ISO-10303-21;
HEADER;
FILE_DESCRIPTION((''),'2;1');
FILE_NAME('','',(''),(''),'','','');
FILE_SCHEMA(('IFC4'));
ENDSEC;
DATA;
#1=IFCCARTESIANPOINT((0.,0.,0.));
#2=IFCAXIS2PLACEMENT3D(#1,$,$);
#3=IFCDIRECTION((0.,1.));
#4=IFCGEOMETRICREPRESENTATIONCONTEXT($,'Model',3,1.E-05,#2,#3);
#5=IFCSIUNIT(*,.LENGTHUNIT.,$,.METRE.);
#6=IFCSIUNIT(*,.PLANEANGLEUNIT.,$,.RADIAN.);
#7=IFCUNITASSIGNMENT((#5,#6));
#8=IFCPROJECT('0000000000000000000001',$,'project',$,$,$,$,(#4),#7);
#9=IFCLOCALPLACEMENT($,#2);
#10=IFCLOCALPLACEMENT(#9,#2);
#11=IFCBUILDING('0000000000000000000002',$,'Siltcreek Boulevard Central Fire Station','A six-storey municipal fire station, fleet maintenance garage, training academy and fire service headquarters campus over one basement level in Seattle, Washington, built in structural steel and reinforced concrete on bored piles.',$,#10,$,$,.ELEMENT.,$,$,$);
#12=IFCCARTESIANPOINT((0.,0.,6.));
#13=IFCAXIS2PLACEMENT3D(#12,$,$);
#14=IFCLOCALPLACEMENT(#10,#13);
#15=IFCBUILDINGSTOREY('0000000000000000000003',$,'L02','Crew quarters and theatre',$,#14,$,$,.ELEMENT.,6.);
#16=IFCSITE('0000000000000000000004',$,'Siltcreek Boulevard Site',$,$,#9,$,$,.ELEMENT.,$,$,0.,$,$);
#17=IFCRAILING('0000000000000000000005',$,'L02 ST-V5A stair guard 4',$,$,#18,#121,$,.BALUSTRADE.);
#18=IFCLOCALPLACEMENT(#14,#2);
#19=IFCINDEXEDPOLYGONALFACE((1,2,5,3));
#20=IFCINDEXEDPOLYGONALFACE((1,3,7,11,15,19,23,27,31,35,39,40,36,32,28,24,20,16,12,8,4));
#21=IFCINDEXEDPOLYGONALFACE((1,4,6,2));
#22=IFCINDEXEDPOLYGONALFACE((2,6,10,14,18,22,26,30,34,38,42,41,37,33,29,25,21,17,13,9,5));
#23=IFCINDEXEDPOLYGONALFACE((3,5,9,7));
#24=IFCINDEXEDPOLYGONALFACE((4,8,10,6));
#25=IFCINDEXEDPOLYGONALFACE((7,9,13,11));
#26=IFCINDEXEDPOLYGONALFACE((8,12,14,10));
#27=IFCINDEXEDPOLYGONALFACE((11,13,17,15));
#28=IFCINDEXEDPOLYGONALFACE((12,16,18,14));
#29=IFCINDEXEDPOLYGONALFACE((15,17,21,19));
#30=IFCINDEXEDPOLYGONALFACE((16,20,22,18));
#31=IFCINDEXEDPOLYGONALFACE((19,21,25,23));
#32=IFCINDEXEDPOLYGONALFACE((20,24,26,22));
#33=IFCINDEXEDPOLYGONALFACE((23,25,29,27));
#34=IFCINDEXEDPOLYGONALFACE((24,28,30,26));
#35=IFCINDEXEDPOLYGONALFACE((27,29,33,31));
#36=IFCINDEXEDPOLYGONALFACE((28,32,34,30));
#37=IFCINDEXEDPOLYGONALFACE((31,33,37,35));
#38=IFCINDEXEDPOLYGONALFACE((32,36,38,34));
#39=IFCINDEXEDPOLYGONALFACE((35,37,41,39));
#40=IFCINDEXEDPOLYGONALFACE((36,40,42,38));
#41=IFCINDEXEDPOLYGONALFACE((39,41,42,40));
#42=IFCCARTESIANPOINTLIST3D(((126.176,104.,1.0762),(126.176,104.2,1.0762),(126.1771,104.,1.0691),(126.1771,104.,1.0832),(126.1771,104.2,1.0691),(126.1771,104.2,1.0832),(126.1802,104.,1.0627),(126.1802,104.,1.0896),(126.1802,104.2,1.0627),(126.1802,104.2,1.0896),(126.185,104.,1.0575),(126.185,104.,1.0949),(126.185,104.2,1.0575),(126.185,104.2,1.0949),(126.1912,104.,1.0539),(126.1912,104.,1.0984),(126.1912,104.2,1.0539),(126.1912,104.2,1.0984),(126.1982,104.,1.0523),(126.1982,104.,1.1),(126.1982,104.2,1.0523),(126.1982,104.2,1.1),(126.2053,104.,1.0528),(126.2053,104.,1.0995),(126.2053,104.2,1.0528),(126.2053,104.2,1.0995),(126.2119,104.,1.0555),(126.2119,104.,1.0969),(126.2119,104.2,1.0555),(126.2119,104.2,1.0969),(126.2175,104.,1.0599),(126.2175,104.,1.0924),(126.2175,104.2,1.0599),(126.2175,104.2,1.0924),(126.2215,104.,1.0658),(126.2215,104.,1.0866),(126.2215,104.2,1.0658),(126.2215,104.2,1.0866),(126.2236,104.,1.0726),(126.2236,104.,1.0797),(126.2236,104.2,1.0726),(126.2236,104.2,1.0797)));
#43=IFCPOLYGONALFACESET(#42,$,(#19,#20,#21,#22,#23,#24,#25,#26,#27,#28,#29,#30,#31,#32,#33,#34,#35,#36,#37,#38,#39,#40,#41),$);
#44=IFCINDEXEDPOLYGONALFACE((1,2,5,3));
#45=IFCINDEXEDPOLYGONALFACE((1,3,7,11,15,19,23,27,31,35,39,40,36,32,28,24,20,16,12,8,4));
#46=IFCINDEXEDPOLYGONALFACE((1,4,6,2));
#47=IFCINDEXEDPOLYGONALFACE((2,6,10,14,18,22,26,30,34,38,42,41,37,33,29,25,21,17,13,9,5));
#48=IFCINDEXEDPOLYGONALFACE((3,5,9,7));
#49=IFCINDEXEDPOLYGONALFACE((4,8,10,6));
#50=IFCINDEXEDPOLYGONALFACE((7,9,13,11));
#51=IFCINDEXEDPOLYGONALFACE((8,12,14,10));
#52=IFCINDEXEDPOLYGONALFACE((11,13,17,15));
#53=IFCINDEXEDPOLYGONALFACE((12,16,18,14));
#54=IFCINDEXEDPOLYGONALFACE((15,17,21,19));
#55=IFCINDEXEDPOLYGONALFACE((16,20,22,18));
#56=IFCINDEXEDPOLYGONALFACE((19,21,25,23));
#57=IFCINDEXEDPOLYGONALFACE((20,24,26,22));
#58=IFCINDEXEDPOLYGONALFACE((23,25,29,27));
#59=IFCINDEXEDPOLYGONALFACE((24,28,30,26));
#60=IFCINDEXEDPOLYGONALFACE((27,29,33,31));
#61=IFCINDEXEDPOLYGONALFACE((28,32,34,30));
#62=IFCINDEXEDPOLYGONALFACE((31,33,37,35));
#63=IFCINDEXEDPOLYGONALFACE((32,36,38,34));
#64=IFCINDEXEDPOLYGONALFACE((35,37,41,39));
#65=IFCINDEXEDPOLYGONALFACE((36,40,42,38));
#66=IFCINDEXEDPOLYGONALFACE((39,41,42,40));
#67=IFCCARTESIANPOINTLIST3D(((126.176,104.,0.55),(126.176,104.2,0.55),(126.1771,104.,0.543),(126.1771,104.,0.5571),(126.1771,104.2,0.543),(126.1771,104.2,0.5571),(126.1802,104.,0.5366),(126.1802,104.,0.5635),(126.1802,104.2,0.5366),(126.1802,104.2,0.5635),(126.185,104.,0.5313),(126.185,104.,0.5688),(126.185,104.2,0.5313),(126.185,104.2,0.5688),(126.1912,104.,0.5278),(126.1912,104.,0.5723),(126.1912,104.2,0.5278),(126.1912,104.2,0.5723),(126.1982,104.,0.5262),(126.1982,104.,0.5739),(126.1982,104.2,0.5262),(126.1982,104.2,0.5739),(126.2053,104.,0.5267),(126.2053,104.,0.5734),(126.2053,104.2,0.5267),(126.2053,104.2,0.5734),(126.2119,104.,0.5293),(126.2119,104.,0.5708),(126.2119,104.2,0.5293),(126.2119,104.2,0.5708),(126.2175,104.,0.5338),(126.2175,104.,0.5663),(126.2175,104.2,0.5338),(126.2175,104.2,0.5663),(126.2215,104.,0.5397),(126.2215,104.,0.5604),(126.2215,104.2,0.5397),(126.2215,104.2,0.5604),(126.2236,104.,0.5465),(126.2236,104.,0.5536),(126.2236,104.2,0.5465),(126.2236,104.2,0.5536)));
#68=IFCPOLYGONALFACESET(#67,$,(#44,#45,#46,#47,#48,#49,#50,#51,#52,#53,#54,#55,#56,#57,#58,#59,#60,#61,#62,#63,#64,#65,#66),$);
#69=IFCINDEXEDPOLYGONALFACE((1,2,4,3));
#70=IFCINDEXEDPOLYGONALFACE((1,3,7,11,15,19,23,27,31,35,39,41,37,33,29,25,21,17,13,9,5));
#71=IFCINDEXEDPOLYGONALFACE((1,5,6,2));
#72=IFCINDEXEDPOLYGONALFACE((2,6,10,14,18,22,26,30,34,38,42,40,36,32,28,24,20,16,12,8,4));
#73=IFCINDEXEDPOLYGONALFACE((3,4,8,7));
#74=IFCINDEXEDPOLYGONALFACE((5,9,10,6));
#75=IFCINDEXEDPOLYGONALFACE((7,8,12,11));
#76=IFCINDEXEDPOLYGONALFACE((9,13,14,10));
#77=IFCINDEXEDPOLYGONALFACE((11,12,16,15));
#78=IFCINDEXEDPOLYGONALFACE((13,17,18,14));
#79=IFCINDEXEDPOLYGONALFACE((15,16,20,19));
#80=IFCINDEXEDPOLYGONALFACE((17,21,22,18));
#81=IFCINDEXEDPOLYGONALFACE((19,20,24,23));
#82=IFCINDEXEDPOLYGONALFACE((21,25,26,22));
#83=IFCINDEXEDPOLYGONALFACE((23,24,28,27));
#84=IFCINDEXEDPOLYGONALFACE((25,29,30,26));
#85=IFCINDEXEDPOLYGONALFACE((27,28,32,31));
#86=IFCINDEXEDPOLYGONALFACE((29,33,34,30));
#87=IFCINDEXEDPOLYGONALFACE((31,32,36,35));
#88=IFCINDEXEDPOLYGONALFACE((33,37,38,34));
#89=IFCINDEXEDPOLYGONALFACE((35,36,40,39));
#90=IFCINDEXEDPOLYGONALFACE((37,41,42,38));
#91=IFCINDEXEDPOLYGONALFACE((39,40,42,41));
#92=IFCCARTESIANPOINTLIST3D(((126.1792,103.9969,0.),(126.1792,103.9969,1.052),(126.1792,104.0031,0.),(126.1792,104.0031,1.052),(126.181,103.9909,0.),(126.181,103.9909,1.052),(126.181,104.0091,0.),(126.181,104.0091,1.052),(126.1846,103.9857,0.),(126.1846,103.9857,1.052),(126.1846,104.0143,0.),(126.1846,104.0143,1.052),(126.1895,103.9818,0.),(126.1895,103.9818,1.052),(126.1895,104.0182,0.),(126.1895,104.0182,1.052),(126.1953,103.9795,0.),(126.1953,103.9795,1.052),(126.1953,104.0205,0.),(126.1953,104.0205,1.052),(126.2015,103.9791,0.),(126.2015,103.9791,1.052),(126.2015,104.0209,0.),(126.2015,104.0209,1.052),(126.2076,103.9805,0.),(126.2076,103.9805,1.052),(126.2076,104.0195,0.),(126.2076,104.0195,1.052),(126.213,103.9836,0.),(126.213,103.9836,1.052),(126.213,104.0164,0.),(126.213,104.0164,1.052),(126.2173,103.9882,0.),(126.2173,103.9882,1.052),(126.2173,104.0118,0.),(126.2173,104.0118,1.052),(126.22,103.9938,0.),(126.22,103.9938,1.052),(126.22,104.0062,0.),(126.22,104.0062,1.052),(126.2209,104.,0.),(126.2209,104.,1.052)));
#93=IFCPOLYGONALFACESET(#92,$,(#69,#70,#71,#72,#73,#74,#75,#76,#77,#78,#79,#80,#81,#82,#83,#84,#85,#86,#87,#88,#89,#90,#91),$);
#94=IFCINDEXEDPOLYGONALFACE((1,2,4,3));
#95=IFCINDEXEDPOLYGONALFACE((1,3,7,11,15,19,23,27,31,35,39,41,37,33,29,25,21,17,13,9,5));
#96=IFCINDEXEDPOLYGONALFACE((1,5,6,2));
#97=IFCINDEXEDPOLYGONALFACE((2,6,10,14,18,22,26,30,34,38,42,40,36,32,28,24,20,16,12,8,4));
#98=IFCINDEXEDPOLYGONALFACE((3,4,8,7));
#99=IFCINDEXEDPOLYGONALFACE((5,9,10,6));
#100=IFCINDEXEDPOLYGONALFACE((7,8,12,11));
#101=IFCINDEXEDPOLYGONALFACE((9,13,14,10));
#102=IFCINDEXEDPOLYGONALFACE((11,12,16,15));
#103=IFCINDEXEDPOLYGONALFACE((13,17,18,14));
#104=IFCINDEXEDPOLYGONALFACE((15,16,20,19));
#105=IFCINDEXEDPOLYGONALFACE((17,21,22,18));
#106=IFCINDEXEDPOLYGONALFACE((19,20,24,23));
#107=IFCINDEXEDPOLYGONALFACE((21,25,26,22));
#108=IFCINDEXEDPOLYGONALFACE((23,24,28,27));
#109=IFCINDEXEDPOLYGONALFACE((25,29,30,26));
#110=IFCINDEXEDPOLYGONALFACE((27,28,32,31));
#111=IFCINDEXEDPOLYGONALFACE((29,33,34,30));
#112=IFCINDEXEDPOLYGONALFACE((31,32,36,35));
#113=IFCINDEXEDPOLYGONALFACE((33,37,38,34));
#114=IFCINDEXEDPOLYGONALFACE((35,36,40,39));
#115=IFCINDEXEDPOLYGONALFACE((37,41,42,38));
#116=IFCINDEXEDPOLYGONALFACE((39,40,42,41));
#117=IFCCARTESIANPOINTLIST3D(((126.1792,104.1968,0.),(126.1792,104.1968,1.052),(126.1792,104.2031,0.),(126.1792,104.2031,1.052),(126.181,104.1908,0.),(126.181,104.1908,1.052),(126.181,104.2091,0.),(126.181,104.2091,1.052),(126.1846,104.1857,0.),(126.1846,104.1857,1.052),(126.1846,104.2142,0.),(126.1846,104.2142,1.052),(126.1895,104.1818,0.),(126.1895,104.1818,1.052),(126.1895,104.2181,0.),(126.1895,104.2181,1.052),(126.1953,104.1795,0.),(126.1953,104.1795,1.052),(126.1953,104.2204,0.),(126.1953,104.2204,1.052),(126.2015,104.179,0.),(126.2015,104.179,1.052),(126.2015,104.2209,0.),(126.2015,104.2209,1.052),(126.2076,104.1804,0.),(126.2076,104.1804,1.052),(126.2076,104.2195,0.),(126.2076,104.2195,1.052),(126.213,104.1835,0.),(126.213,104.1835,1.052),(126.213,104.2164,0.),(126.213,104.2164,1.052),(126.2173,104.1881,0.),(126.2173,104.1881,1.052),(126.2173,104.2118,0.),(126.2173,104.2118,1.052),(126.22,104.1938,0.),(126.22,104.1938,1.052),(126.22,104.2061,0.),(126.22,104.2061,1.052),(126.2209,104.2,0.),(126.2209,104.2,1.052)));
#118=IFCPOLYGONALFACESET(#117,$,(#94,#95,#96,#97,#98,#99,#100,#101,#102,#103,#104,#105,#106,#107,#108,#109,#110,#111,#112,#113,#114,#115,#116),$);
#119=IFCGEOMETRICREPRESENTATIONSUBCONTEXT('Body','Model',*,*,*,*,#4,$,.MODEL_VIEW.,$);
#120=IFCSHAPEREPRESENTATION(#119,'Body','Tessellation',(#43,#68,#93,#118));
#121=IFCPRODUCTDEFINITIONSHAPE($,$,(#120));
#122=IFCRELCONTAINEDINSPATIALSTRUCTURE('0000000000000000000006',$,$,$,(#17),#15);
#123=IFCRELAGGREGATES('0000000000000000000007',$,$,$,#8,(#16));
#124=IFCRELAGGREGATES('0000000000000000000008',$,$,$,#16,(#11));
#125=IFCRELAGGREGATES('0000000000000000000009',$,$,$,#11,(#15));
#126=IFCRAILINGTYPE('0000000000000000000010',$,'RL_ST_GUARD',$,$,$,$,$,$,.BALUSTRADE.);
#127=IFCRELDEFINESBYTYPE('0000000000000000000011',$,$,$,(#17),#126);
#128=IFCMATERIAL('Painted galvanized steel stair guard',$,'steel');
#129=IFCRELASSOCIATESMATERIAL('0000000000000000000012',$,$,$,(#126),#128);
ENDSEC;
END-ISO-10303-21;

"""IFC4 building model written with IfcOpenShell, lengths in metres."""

from ifc_helpers import new_model, si_unit, direction, frame, origin, origin_2d, place, context, subcontext, project, spatial, circle, extrude, material, type_object, element, save


model = new_model("IFC4")

# Units and contexts
model_context = context("Model", 3, precision=1e-05, world=origin(), true_north=direction((0.0, 1.0)))
body_context = subcontext(model_context, "Body", "Model", "MODEL_VIEW")
ifc_project = project(units=[si_unit("LENGTHUNIT", "METRE"), si_unit("PLANEANGLEUNIT", "RADIAN")], contexts=[model_context])

# Site, building, storey
site_placement = place(None, origin())
site = spatial("IfcSite", under=ifc_project, at=site_placement, Name="Siltcreek Boulevard Site", CompositionType="ELEMENT", RefElevation=0.0)
building_placement = place(site_placement, origin())
building = spatial("IfcBuilding", under=site, at=building_placement, Name="Siltcreek Boulevard Central Fire Station", Description="A six-storey municipal fire station, fleet maintenance garage, training academy and fire service headquarters campus over one basement level in Seattle, Washington, built in structural steel and reinforced concrete on bored piles.", CompositionType="ELEMENT")
storey_placement = place(building_placement, frame((0.0, 0.0, 6.0)))
storey = spatial("IfcBuildingStorey", under=building, at=storey_placement, Name="L02", Description="Crew quarters and theatre", CompositionType="ELEMENT", Elevation=6.0)

# Railing
ifc_material_1 = material(Name="Painted galvanized steel stair guard", Category="steel")
railing_type_1 = type_object("IfcRailingType", Name="RL_ST_GUARD", PredefinedType="BALUSTRADE", material=ifc_material_1)
railing_1_placement = place(storey_placement, frame((126.2, 104.0, 0.0)))
element("IfcRailing", 1, at=railing_1_placement, inside=storey, type_object=railing_type_1, Name="L02 ST-V5A stair guard 4", PredefinedType="BALUSTRADE", context=body_context, shape_type="SweptSolid", body=[
    extrude(circle(Radius=0.0239, at=origin_2d()), frame((0.0, 0.0, 1.0762), z_axis=(0.0, 1.0, 0.0), x_axis=(-1.0, 0.0, 0.0)), (0.0, 0.0, 1.0), 0.2),
    extrude(circle(Radius=0.0239, at=origin_2d()), frame((0.0, 0.0, 0.55), z_axis=(0.0, 1.0, 0.0), x_axis=(-1.0, 0.0, 0.0)), (0.0, 0.0, 1.0), 0.2),
    extrude(circle(Radius=0.021, at=origin_2d()), origin(), (0.0, 0.0, 1.0), 1.052),
    extrude(circle(Radius=0.021, at=origin_2d()), frame((0.0, 0.2, 0.0)), (0.0, 0.0, 1.0), 1.052),
])

save(model, "model.ifc")
